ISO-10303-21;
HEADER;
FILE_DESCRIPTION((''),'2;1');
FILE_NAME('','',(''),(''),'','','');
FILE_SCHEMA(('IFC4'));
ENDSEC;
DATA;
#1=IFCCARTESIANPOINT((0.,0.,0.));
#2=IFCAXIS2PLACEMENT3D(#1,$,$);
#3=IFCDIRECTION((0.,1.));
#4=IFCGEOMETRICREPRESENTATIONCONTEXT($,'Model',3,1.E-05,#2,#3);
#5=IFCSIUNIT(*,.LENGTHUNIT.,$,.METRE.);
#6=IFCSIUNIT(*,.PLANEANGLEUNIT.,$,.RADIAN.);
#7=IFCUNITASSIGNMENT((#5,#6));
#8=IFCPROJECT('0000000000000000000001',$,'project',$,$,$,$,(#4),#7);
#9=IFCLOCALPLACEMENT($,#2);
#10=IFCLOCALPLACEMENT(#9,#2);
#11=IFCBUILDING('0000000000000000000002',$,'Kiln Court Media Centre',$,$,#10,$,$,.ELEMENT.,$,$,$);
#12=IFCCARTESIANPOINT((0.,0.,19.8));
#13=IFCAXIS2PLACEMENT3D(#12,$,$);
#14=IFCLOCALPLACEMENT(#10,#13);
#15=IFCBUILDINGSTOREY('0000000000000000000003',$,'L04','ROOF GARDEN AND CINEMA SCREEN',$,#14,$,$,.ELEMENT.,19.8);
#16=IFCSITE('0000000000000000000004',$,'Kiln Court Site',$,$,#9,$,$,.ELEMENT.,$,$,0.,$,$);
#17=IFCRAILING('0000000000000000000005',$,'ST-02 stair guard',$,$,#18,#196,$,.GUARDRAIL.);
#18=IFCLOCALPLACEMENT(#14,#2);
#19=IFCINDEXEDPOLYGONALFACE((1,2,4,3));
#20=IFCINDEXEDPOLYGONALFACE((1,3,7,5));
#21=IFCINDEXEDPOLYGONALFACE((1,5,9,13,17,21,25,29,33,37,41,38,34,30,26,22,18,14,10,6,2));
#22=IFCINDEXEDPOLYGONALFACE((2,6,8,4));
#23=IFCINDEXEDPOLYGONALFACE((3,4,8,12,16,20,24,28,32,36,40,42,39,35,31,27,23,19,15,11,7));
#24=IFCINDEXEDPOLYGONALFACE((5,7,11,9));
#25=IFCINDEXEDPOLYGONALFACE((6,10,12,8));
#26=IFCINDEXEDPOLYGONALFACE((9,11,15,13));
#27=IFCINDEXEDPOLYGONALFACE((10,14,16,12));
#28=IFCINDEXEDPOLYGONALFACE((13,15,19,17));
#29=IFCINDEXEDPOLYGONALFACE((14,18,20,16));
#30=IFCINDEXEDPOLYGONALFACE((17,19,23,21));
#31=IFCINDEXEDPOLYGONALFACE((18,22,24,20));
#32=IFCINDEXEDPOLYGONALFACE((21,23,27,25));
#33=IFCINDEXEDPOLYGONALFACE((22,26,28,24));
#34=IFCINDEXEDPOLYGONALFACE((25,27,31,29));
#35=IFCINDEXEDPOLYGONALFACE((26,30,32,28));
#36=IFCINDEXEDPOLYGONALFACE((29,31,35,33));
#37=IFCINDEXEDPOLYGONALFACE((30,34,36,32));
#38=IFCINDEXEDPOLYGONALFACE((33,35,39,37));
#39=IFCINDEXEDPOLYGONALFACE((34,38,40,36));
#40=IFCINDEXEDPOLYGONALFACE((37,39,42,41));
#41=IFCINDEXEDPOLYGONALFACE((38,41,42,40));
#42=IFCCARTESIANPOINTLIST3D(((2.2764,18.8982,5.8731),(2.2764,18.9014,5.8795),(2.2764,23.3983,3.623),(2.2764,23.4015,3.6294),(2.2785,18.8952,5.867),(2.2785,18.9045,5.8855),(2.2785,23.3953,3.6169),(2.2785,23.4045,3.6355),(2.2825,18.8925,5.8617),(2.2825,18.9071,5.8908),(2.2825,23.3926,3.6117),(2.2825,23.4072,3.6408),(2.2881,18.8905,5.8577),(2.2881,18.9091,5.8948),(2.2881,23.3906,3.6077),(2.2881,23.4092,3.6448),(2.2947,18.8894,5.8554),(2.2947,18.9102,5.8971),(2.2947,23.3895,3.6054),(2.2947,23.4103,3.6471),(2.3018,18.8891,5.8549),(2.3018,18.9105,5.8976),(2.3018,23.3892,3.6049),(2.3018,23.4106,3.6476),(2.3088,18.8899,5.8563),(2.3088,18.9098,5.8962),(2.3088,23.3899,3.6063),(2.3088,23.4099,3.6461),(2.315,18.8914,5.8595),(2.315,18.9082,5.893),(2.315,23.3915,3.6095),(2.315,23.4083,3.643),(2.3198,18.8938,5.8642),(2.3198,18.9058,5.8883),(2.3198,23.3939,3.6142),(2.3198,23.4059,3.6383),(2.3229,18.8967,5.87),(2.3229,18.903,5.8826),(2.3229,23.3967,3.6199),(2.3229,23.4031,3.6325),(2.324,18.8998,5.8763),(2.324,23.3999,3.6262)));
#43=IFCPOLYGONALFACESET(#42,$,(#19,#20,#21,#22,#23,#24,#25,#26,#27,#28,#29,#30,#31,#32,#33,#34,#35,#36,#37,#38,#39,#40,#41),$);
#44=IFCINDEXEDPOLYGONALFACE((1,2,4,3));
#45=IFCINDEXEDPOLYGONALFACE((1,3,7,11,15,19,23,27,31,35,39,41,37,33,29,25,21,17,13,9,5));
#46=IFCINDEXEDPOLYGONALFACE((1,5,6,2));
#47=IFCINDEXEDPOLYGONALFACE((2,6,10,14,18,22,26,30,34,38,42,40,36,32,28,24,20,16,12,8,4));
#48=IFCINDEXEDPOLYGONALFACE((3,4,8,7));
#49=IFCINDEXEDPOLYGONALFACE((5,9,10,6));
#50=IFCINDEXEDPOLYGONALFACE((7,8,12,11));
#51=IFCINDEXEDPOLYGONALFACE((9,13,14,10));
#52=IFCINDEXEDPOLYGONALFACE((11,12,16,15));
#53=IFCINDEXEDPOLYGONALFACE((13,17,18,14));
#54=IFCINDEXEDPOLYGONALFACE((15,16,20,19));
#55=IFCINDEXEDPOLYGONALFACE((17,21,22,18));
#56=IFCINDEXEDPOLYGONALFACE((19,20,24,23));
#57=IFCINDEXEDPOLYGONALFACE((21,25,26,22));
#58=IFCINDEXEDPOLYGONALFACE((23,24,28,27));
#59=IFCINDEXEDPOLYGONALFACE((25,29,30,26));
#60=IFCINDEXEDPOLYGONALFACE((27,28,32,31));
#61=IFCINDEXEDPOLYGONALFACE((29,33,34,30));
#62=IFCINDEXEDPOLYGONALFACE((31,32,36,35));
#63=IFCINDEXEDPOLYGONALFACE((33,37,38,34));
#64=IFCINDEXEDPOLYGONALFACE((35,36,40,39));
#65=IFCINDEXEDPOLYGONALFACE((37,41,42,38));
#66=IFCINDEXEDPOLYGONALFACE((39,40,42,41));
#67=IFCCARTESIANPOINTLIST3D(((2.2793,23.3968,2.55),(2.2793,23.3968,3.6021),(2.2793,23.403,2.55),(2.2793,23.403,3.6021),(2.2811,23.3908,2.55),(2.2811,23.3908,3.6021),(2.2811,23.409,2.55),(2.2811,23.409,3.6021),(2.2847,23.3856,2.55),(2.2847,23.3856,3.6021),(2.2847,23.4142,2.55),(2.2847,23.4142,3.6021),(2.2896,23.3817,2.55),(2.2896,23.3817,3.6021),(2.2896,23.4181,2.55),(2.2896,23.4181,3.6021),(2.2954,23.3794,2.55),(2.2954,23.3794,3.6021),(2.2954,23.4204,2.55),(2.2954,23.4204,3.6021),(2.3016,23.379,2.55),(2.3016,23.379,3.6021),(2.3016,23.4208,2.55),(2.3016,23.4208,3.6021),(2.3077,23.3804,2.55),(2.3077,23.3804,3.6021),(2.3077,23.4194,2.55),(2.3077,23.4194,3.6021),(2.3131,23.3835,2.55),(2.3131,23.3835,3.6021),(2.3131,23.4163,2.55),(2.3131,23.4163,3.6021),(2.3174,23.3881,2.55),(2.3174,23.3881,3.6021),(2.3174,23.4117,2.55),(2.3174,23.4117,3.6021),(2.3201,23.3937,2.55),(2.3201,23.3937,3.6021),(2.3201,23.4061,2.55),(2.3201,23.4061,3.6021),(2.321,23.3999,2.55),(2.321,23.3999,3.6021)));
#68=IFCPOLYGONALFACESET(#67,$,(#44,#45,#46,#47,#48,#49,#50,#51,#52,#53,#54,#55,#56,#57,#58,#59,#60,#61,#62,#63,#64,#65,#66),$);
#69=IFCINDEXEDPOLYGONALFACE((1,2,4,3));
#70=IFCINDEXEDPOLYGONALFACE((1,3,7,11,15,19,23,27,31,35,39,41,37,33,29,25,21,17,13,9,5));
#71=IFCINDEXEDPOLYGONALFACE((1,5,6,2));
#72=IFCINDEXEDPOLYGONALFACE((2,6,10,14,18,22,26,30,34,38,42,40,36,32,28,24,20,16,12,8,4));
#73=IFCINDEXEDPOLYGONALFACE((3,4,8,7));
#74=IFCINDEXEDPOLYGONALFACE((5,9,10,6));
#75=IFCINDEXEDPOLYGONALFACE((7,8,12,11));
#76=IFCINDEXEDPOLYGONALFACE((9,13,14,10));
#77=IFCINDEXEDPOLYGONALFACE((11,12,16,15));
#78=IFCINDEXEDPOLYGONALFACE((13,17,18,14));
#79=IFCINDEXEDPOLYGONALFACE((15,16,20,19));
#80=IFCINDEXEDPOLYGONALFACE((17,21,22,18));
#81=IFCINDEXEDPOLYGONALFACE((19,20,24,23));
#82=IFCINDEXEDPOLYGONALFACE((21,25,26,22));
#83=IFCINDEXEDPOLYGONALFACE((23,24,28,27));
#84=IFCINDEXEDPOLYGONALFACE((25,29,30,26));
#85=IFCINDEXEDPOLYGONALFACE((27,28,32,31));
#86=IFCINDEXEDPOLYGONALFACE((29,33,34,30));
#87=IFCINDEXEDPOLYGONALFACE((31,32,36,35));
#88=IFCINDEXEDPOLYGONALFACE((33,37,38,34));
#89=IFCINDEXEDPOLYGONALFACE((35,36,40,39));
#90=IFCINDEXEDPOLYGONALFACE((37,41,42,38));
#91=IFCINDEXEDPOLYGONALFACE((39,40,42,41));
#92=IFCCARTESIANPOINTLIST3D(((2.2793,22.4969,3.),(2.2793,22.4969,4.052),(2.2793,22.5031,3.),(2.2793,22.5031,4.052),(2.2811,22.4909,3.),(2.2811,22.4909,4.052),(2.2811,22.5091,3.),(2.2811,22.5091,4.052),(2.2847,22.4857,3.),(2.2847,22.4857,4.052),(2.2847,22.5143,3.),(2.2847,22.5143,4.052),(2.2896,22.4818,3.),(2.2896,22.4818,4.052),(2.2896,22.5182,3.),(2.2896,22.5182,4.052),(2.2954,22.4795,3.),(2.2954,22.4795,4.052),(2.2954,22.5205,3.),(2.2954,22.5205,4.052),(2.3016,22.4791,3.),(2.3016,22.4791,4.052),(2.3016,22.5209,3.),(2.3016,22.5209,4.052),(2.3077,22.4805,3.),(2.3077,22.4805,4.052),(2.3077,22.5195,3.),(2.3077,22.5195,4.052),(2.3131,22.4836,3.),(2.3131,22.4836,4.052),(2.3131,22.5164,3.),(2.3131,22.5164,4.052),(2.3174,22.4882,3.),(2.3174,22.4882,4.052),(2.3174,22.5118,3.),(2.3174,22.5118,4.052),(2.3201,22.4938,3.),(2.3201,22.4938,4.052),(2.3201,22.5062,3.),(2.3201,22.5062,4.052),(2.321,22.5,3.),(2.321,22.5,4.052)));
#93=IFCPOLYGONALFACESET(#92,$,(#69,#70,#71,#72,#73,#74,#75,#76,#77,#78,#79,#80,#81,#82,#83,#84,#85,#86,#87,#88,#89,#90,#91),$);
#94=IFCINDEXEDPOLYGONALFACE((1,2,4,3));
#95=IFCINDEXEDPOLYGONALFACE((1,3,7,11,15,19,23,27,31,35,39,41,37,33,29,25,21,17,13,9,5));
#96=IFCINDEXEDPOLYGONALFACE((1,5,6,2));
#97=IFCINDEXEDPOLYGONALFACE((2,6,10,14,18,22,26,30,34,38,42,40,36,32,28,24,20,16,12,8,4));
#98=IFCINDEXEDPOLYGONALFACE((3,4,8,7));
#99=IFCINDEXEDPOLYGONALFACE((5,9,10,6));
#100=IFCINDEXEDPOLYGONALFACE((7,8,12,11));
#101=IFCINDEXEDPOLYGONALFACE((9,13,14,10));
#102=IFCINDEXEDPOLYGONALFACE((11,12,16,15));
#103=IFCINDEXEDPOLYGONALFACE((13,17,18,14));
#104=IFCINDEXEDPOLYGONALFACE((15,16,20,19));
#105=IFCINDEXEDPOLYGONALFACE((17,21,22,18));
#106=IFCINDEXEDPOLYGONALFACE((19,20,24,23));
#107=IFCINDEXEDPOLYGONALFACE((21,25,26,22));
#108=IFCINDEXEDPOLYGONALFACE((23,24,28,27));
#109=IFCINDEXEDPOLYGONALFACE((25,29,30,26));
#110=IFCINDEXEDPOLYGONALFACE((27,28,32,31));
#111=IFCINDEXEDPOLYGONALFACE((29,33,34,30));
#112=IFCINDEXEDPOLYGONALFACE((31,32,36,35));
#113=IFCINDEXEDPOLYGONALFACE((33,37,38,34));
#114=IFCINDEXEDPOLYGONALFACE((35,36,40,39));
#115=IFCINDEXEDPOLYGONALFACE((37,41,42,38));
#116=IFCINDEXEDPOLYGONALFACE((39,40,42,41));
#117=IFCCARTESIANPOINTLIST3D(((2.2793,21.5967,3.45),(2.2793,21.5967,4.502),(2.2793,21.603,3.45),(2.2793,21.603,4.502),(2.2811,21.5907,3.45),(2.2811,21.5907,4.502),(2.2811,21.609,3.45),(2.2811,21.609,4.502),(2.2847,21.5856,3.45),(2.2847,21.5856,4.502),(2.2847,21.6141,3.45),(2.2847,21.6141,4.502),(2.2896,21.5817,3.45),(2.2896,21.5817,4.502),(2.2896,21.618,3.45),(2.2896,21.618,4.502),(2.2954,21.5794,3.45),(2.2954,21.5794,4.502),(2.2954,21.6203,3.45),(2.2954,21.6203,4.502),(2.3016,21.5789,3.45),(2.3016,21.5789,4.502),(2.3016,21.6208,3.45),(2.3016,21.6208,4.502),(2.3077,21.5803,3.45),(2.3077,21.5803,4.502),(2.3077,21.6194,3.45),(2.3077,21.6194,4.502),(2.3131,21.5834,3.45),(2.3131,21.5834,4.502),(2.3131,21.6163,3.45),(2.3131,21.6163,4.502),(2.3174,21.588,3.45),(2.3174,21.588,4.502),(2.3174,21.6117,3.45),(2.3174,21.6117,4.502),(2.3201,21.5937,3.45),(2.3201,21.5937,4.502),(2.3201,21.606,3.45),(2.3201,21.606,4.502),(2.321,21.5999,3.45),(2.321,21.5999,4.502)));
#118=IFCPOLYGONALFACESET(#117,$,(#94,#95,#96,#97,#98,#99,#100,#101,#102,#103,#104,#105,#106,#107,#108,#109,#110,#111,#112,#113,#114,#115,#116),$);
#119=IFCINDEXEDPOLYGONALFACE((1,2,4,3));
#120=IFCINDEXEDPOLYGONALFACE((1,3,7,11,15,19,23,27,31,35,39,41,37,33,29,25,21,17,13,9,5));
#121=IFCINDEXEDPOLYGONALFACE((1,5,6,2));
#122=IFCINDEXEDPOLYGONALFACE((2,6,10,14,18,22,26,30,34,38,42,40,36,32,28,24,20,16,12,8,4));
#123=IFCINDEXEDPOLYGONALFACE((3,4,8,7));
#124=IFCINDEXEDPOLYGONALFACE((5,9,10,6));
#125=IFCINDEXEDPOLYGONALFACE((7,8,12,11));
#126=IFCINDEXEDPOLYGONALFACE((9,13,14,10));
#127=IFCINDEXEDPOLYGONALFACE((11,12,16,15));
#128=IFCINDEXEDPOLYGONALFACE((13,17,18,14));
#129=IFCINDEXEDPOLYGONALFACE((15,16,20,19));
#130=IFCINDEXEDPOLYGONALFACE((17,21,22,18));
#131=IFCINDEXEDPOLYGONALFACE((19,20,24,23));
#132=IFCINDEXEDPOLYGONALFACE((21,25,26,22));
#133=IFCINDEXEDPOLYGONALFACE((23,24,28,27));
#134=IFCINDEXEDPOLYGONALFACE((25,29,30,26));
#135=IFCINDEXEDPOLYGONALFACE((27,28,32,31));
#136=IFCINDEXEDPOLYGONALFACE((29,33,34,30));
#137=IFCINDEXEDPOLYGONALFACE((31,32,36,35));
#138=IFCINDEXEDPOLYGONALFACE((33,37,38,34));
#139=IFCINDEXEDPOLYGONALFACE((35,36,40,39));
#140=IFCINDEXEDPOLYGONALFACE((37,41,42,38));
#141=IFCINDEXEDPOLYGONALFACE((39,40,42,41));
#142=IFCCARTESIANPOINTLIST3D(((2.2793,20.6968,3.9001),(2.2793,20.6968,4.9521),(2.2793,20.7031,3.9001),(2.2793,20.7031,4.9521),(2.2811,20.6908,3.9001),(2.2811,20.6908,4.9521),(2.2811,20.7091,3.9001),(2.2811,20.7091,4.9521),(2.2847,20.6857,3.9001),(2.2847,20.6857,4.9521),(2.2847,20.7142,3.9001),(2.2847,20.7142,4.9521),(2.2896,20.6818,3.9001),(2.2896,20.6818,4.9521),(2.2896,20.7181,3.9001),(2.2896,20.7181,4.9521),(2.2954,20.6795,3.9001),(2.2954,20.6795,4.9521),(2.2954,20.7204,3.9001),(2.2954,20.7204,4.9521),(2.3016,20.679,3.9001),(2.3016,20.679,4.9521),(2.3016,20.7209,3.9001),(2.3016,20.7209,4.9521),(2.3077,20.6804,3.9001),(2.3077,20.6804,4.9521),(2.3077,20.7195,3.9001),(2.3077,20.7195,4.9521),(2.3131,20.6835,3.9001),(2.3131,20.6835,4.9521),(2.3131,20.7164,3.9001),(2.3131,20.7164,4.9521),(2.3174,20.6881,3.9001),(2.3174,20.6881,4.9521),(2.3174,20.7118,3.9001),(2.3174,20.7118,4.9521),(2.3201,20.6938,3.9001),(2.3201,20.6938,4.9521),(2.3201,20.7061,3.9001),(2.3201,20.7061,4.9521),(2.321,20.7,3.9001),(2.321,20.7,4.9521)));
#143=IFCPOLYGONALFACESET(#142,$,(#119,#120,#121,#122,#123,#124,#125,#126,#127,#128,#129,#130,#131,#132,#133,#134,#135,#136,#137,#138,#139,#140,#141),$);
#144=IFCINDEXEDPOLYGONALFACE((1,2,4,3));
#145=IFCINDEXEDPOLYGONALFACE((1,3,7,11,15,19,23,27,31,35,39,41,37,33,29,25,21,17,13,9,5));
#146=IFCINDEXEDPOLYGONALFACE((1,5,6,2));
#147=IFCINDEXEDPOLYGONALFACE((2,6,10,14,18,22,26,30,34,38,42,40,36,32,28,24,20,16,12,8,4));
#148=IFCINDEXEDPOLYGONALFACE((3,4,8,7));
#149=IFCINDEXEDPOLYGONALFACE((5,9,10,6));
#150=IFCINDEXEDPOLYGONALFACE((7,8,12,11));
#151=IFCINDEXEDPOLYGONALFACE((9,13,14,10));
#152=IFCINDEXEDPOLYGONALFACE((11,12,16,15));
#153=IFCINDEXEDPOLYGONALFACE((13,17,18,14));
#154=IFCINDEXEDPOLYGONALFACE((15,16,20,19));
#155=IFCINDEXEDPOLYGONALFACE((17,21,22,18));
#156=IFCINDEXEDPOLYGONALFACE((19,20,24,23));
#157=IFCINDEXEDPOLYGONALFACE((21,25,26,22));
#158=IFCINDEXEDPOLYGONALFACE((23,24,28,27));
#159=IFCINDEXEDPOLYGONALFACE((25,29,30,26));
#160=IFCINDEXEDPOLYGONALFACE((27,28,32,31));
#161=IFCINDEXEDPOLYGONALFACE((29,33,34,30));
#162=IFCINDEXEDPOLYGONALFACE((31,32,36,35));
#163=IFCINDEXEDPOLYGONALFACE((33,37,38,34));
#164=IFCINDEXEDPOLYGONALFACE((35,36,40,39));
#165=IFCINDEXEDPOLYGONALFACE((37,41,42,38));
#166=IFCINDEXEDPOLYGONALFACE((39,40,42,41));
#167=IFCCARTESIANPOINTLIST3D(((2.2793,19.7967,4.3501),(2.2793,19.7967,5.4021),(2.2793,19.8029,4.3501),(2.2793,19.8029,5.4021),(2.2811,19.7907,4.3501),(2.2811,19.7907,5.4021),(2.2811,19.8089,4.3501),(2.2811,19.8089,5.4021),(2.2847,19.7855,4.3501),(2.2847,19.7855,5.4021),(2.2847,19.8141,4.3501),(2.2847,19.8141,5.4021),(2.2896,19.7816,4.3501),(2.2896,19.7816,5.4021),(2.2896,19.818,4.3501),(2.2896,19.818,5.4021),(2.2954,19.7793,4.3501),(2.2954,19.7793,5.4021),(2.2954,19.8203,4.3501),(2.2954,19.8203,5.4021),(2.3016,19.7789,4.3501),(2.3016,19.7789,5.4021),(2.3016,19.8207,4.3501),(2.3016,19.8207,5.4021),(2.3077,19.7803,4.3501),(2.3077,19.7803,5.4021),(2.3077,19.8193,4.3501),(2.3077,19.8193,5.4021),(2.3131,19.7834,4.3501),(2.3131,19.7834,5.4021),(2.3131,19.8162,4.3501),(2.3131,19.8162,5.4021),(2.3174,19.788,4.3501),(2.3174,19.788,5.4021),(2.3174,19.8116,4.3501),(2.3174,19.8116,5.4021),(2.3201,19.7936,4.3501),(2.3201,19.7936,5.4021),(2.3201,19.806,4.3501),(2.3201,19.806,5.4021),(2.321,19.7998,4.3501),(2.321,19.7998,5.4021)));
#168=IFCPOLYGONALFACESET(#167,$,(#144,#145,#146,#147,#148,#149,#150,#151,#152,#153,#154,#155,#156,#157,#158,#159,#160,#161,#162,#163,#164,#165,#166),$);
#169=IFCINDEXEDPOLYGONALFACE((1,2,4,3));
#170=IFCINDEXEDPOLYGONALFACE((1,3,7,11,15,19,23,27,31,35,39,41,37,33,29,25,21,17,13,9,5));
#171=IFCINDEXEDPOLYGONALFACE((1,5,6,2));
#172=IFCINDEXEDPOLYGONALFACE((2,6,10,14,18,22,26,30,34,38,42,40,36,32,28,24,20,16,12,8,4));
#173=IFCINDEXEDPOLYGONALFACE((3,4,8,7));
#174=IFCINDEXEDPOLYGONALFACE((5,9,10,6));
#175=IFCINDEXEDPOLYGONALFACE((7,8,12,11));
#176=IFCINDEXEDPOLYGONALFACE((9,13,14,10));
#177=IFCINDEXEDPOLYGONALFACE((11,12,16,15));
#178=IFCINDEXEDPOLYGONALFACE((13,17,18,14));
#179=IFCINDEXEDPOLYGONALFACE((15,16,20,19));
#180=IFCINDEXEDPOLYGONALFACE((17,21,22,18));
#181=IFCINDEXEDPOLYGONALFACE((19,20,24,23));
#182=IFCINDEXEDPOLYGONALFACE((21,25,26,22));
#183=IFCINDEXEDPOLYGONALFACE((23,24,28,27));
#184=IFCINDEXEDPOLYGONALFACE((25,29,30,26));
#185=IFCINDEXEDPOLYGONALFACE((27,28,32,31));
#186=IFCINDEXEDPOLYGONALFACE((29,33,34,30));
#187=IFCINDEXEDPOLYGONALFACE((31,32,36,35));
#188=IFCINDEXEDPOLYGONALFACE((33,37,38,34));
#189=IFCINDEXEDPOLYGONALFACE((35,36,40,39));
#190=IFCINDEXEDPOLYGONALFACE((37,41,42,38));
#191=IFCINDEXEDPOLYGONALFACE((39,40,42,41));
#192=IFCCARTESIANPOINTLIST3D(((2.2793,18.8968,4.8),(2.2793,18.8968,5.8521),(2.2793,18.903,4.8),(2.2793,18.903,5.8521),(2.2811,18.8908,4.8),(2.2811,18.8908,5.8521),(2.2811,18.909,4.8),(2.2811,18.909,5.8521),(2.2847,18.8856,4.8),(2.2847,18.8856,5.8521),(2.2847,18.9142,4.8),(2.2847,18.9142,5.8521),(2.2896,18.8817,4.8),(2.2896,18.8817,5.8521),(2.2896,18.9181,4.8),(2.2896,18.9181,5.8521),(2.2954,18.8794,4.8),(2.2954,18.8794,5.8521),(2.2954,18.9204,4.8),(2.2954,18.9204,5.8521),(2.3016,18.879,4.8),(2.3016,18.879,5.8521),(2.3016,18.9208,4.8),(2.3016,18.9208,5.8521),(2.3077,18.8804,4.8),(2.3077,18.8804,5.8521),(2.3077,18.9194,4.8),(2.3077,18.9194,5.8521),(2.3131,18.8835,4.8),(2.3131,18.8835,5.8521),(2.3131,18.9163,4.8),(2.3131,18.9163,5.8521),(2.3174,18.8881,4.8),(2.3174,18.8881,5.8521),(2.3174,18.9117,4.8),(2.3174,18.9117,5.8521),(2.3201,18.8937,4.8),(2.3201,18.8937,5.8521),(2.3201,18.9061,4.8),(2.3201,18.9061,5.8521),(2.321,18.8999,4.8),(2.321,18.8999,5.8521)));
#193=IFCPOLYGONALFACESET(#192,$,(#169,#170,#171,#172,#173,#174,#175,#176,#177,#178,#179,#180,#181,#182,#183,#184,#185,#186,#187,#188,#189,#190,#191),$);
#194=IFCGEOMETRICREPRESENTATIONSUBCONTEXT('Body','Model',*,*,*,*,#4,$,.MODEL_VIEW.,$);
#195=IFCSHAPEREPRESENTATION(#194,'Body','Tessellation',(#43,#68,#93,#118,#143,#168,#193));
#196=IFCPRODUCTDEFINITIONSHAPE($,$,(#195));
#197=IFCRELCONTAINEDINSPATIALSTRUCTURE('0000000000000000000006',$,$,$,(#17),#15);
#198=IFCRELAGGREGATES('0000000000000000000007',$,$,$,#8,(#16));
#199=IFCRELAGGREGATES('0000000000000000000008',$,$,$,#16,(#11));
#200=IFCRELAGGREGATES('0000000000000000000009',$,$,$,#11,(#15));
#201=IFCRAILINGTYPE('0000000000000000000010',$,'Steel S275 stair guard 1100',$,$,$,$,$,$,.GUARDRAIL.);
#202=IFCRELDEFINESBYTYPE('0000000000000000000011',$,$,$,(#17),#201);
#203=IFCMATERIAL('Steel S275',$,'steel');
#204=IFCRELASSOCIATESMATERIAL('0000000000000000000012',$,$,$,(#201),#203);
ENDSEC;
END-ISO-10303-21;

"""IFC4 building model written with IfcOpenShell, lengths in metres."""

from ifc_helpers import new_model, si_unit, direction, frame, origin, origin_2d, place, context, subcontext, project, spatial, circle, extrude, material, type_object, element, save


model = new_model("IFC4")

# Units and contexts
model_context = context("Model", 3, precision=1e-05, world=origin(), true_north=direction((0.0, 1.0)))
body_context = subcontext(model_context, "Body", "Model", "MODEL_VIEW")
ifc_project = project(units=[si_unit("LENGTHUNIT", "METRE"), si_unit("PLANEANGLEUNIT", "RADIAN")], contexts=[model_context])

# Site, building, storey
site_placement = place(None, origin())
site = spatial("IfcSite", under=ifc_project, at=site_placement, Name="Kiln Court Site", CompositionType="ELEMENT", RefElevation=0.0)
building_placement = place(site_placement, origin())
building = spatial("IfcBuilding", under=site, at=building_placement, Name="Kiln Court Media Centre", CompositionType="ELEMENT")
storey_placement = place(building_placement, frame((0.0, 0.0, 19.8)))
storey = spatial("IfcBuildingStorey", under=building, at=storey_placement, Name="L04", Description="ROOF GARDEN AND CINEMA SCREEN", CompositionType="ELEMENT", Elevation=19.8)

# Railing
ifc_material_1 = material(Name="Steel S275", Category="steel")
railing_type_1 = type_object("IfcRailingType", Name="Steel S275 stair guard 1100", PredefinedType="GUARDRAIL", material=ifc_material_1)
railing_1_placement = place(storey_placement, frame((2.3, 23.3999, 2.55)))
element("IfcRailing", 1, at=railing_1_placement, inside=storey, type_object=railing_type_1, Name="ST-02 stair guard", PredefinedType="GUARDRAIL", context=body_context, shape_type="SweptSolid", body=[
    extrude(circle(Radius=0.0239, at=origin_2d()), frame((0.0, 0.0, 1.0762), z_axis=(0.0, -0.894427, 0.447214), x_axis=(1.0, 0.0, 0.0)), (0.0, 0.0, 1.0), 5.0312),
    extrude(circle(Radius=0.021, at=origin_2d()), origin(), (0.0, 0.0, 1.0), 1.052),
    extrude(circle(Radius=0.021, at=origin_2d()), frame((0.0, -0.8999, 0.45)), (0.0, 0.0, 1.0), 1.052),
    extrude(circle(Radius=0.021, at=origin_2d()), frame((0.0, -1.8, 0.8999)), (0.0, 0.0, 1.0), 1.052),
    extrude(circle(Radius=0.021, at=origin_2d()), frame((0.0, -2.7, 1.3501)), (0.0, 0.0, 1.0), 1.052),
    extrude(circle(Radius=0.021, at=origin_2d()), frame((0.0, -3.6001, 1.8)), (0.0, 0.0, 1.0), 1.052),
    extrude(circle(Radius=0.021, at=origin_2d()), frame((0.0, -4.5, 2.25)), (0.0, 0.0, 1.0), 1.052),
])

save(model, "model.ifc")
